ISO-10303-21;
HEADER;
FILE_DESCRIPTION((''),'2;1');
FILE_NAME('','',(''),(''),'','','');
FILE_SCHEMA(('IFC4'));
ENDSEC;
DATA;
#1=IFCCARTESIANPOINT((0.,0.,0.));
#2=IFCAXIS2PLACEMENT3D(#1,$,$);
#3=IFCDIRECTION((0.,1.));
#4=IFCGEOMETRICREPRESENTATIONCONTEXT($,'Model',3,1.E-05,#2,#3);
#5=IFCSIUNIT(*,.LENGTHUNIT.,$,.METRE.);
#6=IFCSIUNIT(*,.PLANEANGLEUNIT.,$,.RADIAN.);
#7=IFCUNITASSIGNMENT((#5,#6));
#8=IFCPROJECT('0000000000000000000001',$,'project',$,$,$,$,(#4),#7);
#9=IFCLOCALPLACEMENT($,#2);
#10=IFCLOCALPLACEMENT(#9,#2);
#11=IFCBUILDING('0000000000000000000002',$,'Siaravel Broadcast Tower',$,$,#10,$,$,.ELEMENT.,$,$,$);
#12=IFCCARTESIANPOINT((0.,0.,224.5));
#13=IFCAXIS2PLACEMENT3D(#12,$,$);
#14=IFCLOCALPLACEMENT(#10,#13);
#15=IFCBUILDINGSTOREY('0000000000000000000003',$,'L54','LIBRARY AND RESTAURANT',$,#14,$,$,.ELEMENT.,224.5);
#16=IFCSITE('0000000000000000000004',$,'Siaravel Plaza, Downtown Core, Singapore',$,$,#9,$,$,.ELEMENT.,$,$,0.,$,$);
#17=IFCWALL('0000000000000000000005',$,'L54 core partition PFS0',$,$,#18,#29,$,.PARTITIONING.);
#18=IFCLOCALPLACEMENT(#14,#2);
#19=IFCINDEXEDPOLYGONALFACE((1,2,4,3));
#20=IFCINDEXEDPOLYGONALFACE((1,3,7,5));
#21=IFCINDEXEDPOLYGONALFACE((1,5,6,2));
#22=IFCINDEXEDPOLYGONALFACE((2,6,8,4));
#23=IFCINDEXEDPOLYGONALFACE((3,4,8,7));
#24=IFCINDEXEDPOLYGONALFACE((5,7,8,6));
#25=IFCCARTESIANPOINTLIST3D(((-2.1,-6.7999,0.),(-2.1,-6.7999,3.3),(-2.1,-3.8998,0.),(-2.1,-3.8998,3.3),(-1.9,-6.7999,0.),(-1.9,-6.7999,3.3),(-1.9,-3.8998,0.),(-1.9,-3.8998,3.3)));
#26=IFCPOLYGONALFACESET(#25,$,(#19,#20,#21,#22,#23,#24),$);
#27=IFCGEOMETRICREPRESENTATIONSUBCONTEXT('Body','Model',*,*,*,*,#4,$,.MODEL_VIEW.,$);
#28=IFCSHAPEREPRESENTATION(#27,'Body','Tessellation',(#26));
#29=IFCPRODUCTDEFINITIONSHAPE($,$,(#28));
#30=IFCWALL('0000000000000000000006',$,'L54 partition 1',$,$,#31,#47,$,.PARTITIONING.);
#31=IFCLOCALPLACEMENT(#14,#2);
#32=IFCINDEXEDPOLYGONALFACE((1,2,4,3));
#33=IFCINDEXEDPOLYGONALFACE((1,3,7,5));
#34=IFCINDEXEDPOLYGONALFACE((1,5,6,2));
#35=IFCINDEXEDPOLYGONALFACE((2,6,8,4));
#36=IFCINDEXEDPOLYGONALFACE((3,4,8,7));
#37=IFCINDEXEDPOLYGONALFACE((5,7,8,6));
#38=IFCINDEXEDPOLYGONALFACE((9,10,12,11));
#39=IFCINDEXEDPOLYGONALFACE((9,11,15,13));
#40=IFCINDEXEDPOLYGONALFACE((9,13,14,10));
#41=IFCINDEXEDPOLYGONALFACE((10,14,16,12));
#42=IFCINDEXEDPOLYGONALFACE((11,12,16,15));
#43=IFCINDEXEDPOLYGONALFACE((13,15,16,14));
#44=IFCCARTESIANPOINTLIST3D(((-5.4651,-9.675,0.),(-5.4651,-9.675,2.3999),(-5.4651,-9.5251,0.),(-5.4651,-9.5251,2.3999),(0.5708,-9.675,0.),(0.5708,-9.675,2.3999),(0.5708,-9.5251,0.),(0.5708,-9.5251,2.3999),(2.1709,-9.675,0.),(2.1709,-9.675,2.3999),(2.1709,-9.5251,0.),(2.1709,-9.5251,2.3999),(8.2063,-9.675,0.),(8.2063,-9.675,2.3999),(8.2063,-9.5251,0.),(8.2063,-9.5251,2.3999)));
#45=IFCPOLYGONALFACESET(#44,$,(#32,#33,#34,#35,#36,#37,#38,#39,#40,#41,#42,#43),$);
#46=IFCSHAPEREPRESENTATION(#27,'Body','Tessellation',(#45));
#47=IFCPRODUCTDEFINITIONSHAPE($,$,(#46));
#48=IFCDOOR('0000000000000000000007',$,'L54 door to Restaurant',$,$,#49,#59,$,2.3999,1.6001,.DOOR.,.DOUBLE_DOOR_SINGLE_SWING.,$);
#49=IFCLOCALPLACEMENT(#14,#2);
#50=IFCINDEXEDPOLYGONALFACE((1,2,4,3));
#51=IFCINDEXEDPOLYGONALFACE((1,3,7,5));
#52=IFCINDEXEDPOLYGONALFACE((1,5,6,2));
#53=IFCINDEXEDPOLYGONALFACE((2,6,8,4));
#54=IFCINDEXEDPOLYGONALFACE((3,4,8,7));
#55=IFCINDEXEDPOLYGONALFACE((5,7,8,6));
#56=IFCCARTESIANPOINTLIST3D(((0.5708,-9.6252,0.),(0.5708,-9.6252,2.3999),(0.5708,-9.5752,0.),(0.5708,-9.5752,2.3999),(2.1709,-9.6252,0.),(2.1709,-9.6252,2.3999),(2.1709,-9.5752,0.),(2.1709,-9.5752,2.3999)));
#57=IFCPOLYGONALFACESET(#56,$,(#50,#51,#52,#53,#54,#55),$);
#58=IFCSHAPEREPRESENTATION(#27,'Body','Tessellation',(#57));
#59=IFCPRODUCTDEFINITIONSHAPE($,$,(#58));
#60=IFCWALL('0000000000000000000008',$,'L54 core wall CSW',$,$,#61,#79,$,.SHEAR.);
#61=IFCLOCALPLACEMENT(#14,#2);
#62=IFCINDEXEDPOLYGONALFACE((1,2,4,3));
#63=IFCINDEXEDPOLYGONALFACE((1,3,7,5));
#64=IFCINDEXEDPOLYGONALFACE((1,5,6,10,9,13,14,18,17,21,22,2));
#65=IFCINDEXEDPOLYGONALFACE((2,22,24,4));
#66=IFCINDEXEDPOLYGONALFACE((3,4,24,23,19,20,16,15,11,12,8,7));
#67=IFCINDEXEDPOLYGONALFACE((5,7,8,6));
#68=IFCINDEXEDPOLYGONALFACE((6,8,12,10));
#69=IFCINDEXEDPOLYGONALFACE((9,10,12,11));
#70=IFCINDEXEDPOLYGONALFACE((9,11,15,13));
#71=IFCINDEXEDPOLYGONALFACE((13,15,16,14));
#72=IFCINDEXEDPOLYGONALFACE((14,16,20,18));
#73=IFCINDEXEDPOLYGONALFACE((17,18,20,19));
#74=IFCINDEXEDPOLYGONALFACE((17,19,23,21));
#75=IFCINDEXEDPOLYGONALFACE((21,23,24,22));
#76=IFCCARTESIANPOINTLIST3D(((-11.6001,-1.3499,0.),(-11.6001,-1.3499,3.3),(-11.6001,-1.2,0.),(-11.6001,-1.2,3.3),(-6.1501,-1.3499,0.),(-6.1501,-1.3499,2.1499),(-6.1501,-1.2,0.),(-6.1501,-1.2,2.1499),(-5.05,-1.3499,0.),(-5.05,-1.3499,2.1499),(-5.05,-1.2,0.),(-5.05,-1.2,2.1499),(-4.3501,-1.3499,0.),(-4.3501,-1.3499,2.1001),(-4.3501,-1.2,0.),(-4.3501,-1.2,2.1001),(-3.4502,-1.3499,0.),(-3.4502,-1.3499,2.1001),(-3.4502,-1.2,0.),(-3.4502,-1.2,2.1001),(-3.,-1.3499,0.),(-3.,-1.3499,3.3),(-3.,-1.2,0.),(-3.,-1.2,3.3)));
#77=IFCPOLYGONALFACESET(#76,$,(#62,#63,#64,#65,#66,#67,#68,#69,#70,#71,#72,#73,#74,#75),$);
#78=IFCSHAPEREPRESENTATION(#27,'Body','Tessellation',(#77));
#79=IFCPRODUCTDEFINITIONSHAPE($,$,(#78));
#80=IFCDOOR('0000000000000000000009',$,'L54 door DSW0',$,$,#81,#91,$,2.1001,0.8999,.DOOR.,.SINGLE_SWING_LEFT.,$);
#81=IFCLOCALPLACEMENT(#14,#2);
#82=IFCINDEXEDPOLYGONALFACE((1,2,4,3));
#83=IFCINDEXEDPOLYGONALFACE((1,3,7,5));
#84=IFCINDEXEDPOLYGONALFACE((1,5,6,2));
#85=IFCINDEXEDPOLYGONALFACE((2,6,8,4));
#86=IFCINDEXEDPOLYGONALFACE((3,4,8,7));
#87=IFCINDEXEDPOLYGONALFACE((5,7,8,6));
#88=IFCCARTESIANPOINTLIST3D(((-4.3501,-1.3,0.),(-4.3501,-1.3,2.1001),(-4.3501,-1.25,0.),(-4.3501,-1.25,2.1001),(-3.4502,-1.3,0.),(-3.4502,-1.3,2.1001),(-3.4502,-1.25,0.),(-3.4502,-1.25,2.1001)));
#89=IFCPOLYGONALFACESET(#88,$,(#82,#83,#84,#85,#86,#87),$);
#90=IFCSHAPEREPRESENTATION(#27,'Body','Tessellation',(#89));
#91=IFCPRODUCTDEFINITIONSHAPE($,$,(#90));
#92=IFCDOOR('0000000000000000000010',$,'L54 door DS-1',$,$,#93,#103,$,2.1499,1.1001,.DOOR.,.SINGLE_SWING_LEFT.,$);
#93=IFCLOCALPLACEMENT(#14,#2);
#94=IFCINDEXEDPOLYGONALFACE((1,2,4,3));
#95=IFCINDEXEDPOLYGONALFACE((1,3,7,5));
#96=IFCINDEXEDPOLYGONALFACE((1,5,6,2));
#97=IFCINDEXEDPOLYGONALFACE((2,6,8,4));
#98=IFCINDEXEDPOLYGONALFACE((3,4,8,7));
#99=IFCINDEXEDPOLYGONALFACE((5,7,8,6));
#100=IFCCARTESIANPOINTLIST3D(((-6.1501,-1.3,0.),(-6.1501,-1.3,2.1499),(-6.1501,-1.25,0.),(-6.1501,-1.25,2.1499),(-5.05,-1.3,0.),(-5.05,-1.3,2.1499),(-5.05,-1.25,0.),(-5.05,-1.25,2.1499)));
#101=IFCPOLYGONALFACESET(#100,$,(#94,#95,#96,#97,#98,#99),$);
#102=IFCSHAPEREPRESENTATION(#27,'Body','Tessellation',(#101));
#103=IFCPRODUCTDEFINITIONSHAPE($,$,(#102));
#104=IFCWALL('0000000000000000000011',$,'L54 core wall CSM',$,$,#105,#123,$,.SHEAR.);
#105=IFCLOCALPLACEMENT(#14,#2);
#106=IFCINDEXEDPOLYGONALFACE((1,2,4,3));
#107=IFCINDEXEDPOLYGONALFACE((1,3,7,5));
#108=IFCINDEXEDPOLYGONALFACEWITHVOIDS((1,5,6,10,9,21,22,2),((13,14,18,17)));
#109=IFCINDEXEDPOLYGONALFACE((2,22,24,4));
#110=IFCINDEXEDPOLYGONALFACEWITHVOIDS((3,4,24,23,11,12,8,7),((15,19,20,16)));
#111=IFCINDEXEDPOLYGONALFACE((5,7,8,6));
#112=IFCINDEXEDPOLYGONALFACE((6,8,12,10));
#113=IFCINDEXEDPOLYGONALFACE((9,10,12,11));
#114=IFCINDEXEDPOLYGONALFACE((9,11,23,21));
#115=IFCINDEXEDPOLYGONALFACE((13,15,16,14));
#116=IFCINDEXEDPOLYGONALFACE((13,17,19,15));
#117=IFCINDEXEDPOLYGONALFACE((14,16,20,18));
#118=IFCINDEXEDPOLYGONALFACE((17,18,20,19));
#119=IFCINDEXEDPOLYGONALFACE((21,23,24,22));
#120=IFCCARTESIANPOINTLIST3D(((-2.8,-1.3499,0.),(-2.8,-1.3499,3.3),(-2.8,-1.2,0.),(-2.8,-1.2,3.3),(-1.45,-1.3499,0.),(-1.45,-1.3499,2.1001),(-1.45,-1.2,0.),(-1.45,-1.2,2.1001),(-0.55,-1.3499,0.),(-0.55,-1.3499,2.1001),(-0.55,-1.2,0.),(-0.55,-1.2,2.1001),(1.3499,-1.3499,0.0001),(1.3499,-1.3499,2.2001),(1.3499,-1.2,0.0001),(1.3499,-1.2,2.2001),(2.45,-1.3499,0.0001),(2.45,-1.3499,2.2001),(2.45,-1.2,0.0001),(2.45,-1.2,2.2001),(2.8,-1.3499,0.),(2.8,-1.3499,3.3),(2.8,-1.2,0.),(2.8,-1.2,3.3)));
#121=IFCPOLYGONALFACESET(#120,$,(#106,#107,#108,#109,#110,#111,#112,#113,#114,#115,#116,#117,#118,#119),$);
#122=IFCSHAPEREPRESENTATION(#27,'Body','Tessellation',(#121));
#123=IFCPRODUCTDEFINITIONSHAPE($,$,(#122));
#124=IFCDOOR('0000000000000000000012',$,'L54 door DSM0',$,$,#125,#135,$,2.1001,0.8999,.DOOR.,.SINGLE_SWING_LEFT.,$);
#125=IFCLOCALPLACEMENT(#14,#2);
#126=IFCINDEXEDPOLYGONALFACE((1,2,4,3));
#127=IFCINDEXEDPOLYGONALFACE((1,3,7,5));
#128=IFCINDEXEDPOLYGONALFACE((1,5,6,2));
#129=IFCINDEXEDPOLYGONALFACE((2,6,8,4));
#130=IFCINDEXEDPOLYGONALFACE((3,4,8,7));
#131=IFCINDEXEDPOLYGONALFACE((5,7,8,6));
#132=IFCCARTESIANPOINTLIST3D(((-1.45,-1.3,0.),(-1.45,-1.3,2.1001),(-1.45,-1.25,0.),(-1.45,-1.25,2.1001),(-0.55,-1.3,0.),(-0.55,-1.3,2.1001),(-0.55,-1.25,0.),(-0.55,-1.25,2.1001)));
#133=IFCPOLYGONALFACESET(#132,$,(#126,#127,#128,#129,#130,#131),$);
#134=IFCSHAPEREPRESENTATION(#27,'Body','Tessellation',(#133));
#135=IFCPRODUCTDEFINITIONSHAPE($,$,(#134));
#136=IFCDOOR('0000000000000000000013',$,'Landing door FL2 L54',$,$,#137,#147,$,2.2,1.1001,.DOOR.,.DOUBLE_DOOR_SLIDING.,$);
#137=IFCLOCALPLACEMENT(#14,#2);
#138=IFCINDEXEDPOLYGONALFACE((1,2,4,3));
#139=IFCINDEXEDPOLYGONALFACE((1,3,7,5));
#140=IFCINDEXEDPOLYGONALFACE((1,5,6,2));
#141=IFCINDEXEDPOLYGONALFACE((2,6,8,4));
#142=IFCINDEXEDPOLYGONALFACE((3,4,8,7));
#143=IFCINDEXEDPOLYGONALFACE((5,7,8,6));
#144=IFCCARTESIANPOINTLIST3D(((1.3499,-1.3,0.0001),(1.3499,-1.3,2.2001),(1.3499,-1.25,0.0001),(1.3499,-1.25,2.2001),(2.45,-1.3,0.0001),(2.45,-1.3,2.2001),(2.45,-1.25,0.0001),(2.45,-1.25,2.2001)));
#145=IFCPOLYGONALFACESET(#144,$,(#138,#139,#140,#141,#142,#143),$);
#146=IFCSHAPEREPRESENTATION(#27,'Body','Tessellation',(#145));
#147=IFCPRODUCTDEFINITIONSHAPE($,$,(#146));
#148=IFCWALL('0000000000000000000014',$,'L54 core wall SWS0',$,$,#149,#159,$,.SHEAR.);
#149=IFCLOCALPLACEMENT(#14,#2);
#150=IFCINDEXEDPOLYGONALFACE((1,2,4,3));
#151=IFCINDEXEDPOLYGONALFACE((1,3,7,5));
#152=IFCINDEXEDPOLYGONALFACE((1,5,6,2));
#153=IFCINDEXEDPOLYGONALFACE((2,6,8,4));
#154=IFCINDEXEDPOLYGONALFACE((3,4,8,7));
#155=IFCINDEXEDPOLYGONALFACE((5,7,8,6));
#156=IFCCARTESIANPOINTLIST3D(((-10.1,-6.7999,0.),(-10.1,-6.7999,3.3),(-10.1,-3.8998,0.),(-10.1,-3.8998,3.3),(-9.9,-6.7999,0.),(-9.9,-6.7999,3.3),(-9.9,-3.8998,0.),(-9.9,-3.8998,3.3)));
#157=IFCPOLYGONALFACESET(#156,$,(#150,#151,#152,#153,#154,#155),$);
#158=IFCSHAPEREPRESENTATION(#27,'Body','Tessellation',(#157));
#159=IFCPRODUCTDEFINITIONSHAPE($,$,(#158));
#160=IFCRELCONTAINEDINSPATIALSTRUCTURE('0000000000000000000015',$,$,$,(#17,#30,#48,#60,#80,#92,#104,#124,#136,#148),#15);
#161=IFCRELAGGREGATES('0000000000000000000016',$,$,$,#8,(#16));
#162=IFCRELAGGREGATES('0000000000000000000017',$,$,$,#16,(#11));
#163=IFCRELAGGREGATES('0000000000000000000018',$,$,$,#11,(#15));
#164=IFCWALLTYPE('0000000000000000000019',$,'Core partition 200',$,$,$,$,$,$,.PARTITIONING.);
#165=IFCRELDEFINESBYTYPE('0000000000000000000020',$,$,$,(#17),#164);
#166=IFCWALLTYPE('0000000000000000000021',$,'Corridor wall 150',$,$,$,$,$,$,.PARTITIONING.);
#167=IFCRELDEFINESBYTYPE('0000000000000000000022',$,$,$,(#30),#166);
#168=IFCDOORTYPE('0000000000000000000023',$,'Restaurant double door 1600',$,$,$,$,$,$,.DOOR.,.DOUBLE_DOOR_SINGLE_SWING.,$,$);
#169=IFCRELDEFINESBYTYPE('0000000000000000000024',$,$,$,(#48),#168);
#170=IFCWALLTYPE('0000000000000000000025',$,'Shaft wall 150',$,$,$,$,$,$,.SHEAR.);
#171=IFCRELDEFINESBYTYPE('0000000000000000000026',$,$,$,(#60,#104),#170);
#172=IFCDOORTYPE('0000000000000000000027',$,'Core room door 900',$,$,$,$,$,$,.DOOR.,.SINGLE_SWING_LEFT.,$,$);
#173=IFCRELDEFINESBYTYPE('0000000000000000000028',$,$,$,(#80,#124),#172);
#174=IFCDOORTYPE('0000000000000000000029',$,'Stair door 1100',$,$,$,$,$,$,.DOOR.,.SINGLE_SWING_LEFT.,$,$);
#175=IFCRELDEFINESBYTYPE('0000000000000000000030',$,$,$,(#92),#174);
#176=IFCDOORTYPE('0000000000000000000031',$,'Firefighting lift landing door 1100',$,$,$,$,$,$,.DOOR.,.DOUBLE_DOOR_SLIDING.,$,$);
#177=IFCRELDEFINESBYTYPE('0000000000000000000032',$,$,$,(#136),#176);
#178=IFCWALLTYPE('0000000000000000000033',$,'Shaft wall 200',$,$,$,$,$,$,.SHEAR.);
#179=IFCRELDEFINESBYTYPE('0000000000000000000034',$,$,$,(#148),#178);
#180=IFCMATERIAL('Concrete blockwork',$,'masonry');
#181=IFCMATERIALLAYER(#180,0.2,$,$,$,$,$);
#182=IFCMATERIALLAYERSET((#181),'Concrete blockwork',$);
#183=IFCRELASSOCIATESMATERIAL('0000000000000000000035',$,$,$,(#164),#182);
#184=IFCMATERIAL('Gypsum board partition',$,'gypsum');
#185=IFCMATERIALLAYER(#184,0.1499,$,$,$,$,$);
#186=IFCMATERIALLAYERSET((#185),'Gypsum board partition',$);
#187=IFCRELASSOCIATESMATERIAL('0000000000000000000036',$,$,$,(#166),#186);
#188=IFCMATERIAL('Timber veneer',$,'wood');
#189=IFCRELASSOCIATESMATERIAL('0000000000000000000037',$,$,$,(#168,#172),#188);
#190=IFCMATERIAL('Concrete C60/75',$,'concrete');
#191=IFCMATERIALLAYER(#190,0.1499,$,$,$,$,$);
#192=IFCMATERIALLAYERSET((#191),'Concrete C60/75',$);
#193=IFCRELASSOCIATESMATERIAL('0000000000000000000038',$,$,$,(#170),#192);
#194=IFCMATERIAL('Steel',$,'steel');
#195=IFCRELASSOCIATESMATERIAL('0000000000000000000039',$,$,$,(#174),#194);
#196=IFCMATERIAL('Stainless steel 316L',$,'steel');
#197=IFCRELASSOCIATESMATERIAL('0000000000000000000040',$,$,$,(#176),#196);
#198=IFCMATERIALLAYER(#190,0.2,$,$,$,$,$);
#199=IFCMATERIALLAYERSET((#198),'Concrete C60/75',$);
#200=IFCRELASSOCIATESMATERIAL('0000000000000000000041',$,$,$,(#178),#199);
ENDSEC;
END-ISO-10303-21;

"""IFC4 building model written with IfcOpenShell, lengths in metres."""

from ifc_helpers import new_model, si_unit, direction, frame, frame_2d, origin, place, context, subcontext, project, spatial, rectangle, extrude, material, layer, layer_set, type_object, element, fill, save


model = new_model("IFC4")

# Units and contexts
model_context = context("Model", 3, precision=1e-05, world=origin(), true_north=direction((0.0, 1.0)))
body_context = subcontext(model_context, "Body", "Model", "MODEL_VIEW")
ifc_project = project(units=[si_unit("LENGTHUNIT", "METRE"), si_unit("PLANEANGLEUNIT", "RADIAN")], contexts=[model_context])

# Site, building, storey
site_placement = place(None, origin())
site = spatial("IfcSite", under=ifc_project, at=site_placement, Name="Siaravel Plaza, Downtown Core, Singapore", CompositionType="ELEMENT", RefElevation=0.0)
building_placement = place(site_placement, origin())
building = spatial("IfcBuilding", under=site, at=building_placement, Name="Siaravel Broadcast Tower", CompositionType="ELEMENT")
storey_placement = place(building_placement, frame((0.0, 0.0, 224.5)))
storey = spatial("IfcBuildingStorey", under=building, at=storey_placement, Name="L54", Description="LIBRARY AND RESTAURANT", CompositionType="ELEMENT", Elevation=224.5)

# Wall
ifc_material_1 = material(Name="Concrete blockwork", Category="masonry")
ifc_layer_1 = layer(ifc_material_1, 0.2)
ifc_layer_set_1 = layer_set([ifc_layer_1], Name="Concrete blockwork")
wall_type_1 = type_object("IfcWallType", Name="Core partition 200", PredefinedType="PARTITIONING", material=ifc_layer_set_1)
wall_1_placement = place(storey_placement, frame((-2.0, -6.8, 0.0), z_axis=(0.0, 0.0, 1.0), x_axis=(0.0, 1.0, 0.0)))
element("IfcWall", 1, at=wall_1_placement, inside=storey, type_object=wall_type_1, Name="L54 core partition PFS0", PredefinedType="PARTITIONING", context=body_context, shape_type="SweptSolid", body=[
    extrude(rectangle(XDim=2.9001, YDim=0.2, at=frame_2d((1.4502, 0.0))), origin(), (0.0, 0.0, 1.0), 3.3),
])

# Wall, opening, door
ifc_material_2 = material(Name="Gypsum board partition", Category="gypsum")
ifc_layer_2 = layer(ifc_material_2, 0.1499)
ifc_layer_set_2 = layer_set([ifc_layer_2], Name="Gypsum board partition")
wall_type_2 = type_object("IfcWallType", Name="Corridor wall 150", PredefinedType="PARTITIONING", material=ifc_layer_set_2)
wall_2_placement = place(storey_placement, frame((-5.4651, -9.6001, 0.0), z_axis=(0.0, 0.0, 1.0), x_axis=(1.0, 0.0, 0.0)))
wall_2 = element("IfcWall", 2, at=wall_2_placement, inside=storey, type_object=wall_type_2, Name="L54 partition 1", PredefinedType="PARTITIONING", context=body_context, shape_type="SweptSolid", body=[
    extrude(rectangle(XDim=13.6714, YDim=0.1499, at=frame_2d((6.8357, 0.0))), origin(), (0.0, 0.0, 1.0), 2.3999),
])
opening_1_placement = place(wall_2_placement, frame((6.0359, 0.0, 0.0)))
opening_1 = element("IfcOpeningElement", 3, at=opening_1_placement, cuts=wall_2, PredefinedType="OPENING", context=body_context, shape_type="SweptSolid", body=[
    extrude(rectangle(XDim=1.6001, YDim=2.3999, at=frame_2d((0.8, 1.2))), frame((0.0, 0.085, 0.0), z_axis=(0.0, -1.0, 0.0), x_axis=(1.0, 0.0, 0.0)), (0.0, 0.0, 1.0), 0.1699),
])
ifc_material_3 = material(Name="Timber veneer", Category="wood")
door_type_1 = type_object("IfcDoorType", Name="Restaurant double door 1600", OperationType="DOUBLE_DOOR_SINGLE_SWING", PredefinedType="DOOR", material=ifc_material_3)
door_1_placement = place(opening_1_placement, origin())
door_1 = element("IfcDoor", 4, at=door_1_placement, inside=storey, type_object=door_type_1, Name="L54 door to Restaurant", OperationType="DOUBLE_DOOR_SINGLE_SWING", OverallHeight=2.3999, OverallWidth=1.6001, PredefinedType="DOOR", context=body_context, shape_type="SweptSolid", body=[
    extrude(rectangle(XDim=1.6001, YDim=2.3999, at=frame_2d((0.8, 1.2))), frame((0.0, 0.0249, 0.0), z_axis=(0.0, -1.0, 0.0), x_axis=(1.0, 0.0, 0.0)), (0.0, 0.0, 1.0), 0.05),
])
fill(opening_1, door_1)

# Walls, openings, doors
ifc_material_4 = material(Name="Concrete C60/75", Category="concrete")
ifc_layer_3 = layer(ifc_material_4, 0.1499)
ifc_layer_set_3 = layer_set([ifc_layer_3], Name="Concrete C60/75")
wall_type_3 = type_object("IfcWallType", Name="Shaft wall 150", PredefinedType="SHEAR", material=ifc_layer_set_3)
wall_3_placement = place(storey_placement, frame((-11.6001, -1.2749, 0.0), z_axis=(0.0, 0.0, 1.0), x_axis=(1.0, 0.0, 0.0)))
wall_3 = element("IfcWall", 5, at=wall_3_placement, inside=storey, type_object=wall_type_3, Name="L54 core wall CSW", PredefinedType="SHEAR", context=body_context, shape_type="SweptSolid", body=[
    extrude(rectangle(XDim=8.6001, YDim=0.1499, at=frame_2d((4.3, 0.0))), origin(), (0.0, 0.0, 1.0), 3.3),
])
opening_2_placement = place(wall_3_placement, frame((5.45, 0.0, 0.0)))
opening_2 = element("IfcOpeningElement", 6, at=opening_2_placement, cuts=wall_3, PredefinedType="OPENING", context=body_context, shape_type="SweptSolid", body=[
    extrude(rectangle(XDim=1.1001, YDim=2.1499, at=frame_2d((0.55, 1.075))), frame((0.0, 0.085, 0.0), z_axis=(0.0, -1.0, 0.0), x_axis=(1.0, 0.0, 0.0)), (0.0, 0.0, 1.0), 0.1699),
])
opening_3_placement = place(wall_3_placement, frame((7.25, 0.0, 0.0)))
opening_3 = element("IfcOpeningElement", 7, at=opening_3_placement, cuts=wall_3, PredefinedType="OPENING", context=body_context, shape_type="SweptSolid", body=[
    extrude(rectangle(XDim=0.8999, YDim=2.1001, at=frame_2d((0.45, 1.05))), frame((0.0, 0.085, 0.0), z_axis=(0.0, -1.0, 0.0), x_axis=(1.0, 0.0, 0.0)), (0.0, 0.0, 1.0), 0.1699),
])
door_type_2 = type_object("IfcDoorType", Name="Core room door 900", OperationType="SINGLE_SWING_LEFT", PredefinedType="DOOR", material=ifc_material_3)
door_2_placement = place(opening_3_placement, origin())
door_2 = element("IfcDoor", 8, at=door_2_placement, inside=storey, type_object=door_type_2, Name="L54 door DSW0", OperationType="SINGLE_SWING_LEFT", OverallHeight=2.1001, OverallWidth=0.8999, PredefinedType="DOOR", context=body_context, shape_type="SweptSolid", body=[
    extrude(rectangle(XDim=0.8999, YDim=2.1001, at=frame_2d((0.45, 1.05))), frame((0.0, 0.0249, 0.0), z_axis=(0.0, -1.0, 0.0), x_axis=(1.0, 0.0, 0.0)), (0.0, 0.0, 1.0), 0.05),
])
fill(opening_3, door_2)
ifc_material_5 = material(Name="Steel", Category="steel")
door_type_3 = type_object("IfcDoorType", Name="Stair door 1100", OperationType="SINGLE_SWING_LEFT", PredefinedType="DOOR", material=ifc_material_5)
door_3_placement = place(opening_2_placement, origin())
door_3 = element("IfcDoor", 9, at=door_3_placement, inside=storey, type_object=door_type_3, Name="L54 door DS-1", OperationType="SINGLE_SWING_LEFT", OverallHeight=2.1499, OverallWidth=1.1001, PredefinedType="DOOR", context=body_context, shape_type="SweptSolid", body=[
    extrude(rectangle(XDim=1.1001, YDim=2.1499, at=frame_2d((0.55, 1.075))), frame((0.0, 0.0249, 0.0), z_axis=(0.0, -1.0, 0.0), x_axis=(1.0, 0.0, 0.0)), (0.0, 0.0, 1.0), 0.05),
])
fill(opening_2, door_3)
wall_4_placement = place(storey_placement, frame((-2.8, -1.2749, 0.0), z_axis=(0.0, 0.0, 1.0), x_axis=(1.0, 0.0, 0.0)))
wall_4 = element("IfcWall", 10, at=wall_4_placement, inside=storey, type_object=wall_type_3, Name="L54 core wall CSM", PredefinedType="SHEAR", context=body_context, shape_type="SweptSolid", body=[
    extrude(rectangle(XDim=5.6001, YDim=0.1499, at=frame_2d((2.8, 0.0))), origin(), (0.0, 0.0, 1.0), 3.3),
])
opening_4_placement = place(wall_4_placement, frame((4.1499, 0.0, 0.0)))
opening_4 = element("IfcOpeningElement", 11, at=opening_4_placement, cuts=wall_4, PredefinedType="OPENING", context=body_context, shape_type="SweptSolid", body=[
    extrude(rectangle(XDim=1.1001, YDim=2.2, at=frame_2d((0.55, 1.1001))), frame((0.0, 0.085, 0.0), z_axis=(0.0, -1.0, 0.0), x_axis=(1.0, 0.0, 0.0)), (0.0, 0.0, 1.0), 0.1699),
])
opening_5_placement = place(wall_4_placement, frame((1.3501, 0.0, 0.0)))
opening_5 = element("IfcOpeningElement", 12, at=opening_5_placement, cuts=wall_4, PredefinedType="OPENING", context=body_context, shape_type="SweptSolid", body=[
    extrude(rectangle(XDim=0.8999, YDim=2.1001, at=frame_2d((0.45, 1.05))), frame((0.0, 0.085, 0.0), z_axis=(0.0, -1.0, 0.0), x_axis=(1.0, 0.0, 0.0)), (0.0, 0.0, 1.0), 0.1699),
])
door_4_placement = place(opening_5_placement, origin())
door_4 = element("IfcDoor", 13, at=door_4_placement, inside=storey, type_object=door_type_2, Name="L54 door DSM0", OperationType="SINGLE_SWING_LEFT", OverallHeight=2.1001, OverallWidth=0.8999, PredefinedType="DOOR", context=body_context, shape_type="SweptSolid", body=[
    extrude(rectangle(XDim=0.8999, YDim=2.1001, at=frame_2d((0.45, 1.05))), frame((0.0, 0.0249, 0.0), z_axis=(0.0, -1.0, 0.0), x_axis=(1.0, 0.0, 0.0)), (0.0, 0.0, 1.0), 0.05),
])
fill(opening_5, door_4)
ifc_material_6 = material(Name="Stainless steel 316L", Category="steel")
door_type_4 = type_object("IfcDoorType", Name="Firefighting lift landing door 1100", OperationType="DOUBLE_DOOR_SLIDING", PredefinedType="DOOR", material=ifc_material_6)
door_5_placement = place(opening_4_placement, origin())
door_5 = element("IfcDoor", 14, at=door_5_placement, inside=storey, type_object=door_type_4, Name="Landing door FL2 L54", OperationType="DOUBLE_DOOR_SLIDING", OverallHeight=2.2, OverallWidth=1.1001, PredefinedType="DOOR", context=body_context, shape_type="SweptSolid", body=[
    extrude(rectangle(XDim=1.1001, YDim=2.2, at=frame_2d((0.55, 1.1001))), frame((0.0, 0.0249, 0.0), z_axis=(0.0, -1.0, 0.0), x_axis=(1.0, 0.0, 0.0)), (0.0, 0.0, 1.0), 0.05),
])
fill(opening_4, door_5)

# Wall
ifc_layer_4 = layer(ifc_material_4, 0.2)
ifc_layer_set_4 = layer_set([ifc_layer_4], Name="Concrete C60/75")
wall_type_4 = type_object("IfcWallType", Name="Shaft wall 200", PredefinedType="SHEAR", material=ifc_layer_set_4)
wall_5_placement = place(storey_placement, frame((-10.0, -6.8, 0.0), z_axis=(0.0, 0.0, 1.0), x_axis=(0.0, 1.0, 0.0)))
element("IfcWall", 15, at=wall_5_placement, inside=storey, type_object=wall_type_4, Name="L54 core wall SWS0", PredefinedType="SHEAR", context=body_context, shape_type="SweptSolid", body=[
    extrude(rectangle(XDim=2.9001, YDim=0.2, at=frame_2d((1.4502, 0.0))), origin(), (0.0, 0.0, 1.0), 3.3),
])

save(model, "model.ifc")
